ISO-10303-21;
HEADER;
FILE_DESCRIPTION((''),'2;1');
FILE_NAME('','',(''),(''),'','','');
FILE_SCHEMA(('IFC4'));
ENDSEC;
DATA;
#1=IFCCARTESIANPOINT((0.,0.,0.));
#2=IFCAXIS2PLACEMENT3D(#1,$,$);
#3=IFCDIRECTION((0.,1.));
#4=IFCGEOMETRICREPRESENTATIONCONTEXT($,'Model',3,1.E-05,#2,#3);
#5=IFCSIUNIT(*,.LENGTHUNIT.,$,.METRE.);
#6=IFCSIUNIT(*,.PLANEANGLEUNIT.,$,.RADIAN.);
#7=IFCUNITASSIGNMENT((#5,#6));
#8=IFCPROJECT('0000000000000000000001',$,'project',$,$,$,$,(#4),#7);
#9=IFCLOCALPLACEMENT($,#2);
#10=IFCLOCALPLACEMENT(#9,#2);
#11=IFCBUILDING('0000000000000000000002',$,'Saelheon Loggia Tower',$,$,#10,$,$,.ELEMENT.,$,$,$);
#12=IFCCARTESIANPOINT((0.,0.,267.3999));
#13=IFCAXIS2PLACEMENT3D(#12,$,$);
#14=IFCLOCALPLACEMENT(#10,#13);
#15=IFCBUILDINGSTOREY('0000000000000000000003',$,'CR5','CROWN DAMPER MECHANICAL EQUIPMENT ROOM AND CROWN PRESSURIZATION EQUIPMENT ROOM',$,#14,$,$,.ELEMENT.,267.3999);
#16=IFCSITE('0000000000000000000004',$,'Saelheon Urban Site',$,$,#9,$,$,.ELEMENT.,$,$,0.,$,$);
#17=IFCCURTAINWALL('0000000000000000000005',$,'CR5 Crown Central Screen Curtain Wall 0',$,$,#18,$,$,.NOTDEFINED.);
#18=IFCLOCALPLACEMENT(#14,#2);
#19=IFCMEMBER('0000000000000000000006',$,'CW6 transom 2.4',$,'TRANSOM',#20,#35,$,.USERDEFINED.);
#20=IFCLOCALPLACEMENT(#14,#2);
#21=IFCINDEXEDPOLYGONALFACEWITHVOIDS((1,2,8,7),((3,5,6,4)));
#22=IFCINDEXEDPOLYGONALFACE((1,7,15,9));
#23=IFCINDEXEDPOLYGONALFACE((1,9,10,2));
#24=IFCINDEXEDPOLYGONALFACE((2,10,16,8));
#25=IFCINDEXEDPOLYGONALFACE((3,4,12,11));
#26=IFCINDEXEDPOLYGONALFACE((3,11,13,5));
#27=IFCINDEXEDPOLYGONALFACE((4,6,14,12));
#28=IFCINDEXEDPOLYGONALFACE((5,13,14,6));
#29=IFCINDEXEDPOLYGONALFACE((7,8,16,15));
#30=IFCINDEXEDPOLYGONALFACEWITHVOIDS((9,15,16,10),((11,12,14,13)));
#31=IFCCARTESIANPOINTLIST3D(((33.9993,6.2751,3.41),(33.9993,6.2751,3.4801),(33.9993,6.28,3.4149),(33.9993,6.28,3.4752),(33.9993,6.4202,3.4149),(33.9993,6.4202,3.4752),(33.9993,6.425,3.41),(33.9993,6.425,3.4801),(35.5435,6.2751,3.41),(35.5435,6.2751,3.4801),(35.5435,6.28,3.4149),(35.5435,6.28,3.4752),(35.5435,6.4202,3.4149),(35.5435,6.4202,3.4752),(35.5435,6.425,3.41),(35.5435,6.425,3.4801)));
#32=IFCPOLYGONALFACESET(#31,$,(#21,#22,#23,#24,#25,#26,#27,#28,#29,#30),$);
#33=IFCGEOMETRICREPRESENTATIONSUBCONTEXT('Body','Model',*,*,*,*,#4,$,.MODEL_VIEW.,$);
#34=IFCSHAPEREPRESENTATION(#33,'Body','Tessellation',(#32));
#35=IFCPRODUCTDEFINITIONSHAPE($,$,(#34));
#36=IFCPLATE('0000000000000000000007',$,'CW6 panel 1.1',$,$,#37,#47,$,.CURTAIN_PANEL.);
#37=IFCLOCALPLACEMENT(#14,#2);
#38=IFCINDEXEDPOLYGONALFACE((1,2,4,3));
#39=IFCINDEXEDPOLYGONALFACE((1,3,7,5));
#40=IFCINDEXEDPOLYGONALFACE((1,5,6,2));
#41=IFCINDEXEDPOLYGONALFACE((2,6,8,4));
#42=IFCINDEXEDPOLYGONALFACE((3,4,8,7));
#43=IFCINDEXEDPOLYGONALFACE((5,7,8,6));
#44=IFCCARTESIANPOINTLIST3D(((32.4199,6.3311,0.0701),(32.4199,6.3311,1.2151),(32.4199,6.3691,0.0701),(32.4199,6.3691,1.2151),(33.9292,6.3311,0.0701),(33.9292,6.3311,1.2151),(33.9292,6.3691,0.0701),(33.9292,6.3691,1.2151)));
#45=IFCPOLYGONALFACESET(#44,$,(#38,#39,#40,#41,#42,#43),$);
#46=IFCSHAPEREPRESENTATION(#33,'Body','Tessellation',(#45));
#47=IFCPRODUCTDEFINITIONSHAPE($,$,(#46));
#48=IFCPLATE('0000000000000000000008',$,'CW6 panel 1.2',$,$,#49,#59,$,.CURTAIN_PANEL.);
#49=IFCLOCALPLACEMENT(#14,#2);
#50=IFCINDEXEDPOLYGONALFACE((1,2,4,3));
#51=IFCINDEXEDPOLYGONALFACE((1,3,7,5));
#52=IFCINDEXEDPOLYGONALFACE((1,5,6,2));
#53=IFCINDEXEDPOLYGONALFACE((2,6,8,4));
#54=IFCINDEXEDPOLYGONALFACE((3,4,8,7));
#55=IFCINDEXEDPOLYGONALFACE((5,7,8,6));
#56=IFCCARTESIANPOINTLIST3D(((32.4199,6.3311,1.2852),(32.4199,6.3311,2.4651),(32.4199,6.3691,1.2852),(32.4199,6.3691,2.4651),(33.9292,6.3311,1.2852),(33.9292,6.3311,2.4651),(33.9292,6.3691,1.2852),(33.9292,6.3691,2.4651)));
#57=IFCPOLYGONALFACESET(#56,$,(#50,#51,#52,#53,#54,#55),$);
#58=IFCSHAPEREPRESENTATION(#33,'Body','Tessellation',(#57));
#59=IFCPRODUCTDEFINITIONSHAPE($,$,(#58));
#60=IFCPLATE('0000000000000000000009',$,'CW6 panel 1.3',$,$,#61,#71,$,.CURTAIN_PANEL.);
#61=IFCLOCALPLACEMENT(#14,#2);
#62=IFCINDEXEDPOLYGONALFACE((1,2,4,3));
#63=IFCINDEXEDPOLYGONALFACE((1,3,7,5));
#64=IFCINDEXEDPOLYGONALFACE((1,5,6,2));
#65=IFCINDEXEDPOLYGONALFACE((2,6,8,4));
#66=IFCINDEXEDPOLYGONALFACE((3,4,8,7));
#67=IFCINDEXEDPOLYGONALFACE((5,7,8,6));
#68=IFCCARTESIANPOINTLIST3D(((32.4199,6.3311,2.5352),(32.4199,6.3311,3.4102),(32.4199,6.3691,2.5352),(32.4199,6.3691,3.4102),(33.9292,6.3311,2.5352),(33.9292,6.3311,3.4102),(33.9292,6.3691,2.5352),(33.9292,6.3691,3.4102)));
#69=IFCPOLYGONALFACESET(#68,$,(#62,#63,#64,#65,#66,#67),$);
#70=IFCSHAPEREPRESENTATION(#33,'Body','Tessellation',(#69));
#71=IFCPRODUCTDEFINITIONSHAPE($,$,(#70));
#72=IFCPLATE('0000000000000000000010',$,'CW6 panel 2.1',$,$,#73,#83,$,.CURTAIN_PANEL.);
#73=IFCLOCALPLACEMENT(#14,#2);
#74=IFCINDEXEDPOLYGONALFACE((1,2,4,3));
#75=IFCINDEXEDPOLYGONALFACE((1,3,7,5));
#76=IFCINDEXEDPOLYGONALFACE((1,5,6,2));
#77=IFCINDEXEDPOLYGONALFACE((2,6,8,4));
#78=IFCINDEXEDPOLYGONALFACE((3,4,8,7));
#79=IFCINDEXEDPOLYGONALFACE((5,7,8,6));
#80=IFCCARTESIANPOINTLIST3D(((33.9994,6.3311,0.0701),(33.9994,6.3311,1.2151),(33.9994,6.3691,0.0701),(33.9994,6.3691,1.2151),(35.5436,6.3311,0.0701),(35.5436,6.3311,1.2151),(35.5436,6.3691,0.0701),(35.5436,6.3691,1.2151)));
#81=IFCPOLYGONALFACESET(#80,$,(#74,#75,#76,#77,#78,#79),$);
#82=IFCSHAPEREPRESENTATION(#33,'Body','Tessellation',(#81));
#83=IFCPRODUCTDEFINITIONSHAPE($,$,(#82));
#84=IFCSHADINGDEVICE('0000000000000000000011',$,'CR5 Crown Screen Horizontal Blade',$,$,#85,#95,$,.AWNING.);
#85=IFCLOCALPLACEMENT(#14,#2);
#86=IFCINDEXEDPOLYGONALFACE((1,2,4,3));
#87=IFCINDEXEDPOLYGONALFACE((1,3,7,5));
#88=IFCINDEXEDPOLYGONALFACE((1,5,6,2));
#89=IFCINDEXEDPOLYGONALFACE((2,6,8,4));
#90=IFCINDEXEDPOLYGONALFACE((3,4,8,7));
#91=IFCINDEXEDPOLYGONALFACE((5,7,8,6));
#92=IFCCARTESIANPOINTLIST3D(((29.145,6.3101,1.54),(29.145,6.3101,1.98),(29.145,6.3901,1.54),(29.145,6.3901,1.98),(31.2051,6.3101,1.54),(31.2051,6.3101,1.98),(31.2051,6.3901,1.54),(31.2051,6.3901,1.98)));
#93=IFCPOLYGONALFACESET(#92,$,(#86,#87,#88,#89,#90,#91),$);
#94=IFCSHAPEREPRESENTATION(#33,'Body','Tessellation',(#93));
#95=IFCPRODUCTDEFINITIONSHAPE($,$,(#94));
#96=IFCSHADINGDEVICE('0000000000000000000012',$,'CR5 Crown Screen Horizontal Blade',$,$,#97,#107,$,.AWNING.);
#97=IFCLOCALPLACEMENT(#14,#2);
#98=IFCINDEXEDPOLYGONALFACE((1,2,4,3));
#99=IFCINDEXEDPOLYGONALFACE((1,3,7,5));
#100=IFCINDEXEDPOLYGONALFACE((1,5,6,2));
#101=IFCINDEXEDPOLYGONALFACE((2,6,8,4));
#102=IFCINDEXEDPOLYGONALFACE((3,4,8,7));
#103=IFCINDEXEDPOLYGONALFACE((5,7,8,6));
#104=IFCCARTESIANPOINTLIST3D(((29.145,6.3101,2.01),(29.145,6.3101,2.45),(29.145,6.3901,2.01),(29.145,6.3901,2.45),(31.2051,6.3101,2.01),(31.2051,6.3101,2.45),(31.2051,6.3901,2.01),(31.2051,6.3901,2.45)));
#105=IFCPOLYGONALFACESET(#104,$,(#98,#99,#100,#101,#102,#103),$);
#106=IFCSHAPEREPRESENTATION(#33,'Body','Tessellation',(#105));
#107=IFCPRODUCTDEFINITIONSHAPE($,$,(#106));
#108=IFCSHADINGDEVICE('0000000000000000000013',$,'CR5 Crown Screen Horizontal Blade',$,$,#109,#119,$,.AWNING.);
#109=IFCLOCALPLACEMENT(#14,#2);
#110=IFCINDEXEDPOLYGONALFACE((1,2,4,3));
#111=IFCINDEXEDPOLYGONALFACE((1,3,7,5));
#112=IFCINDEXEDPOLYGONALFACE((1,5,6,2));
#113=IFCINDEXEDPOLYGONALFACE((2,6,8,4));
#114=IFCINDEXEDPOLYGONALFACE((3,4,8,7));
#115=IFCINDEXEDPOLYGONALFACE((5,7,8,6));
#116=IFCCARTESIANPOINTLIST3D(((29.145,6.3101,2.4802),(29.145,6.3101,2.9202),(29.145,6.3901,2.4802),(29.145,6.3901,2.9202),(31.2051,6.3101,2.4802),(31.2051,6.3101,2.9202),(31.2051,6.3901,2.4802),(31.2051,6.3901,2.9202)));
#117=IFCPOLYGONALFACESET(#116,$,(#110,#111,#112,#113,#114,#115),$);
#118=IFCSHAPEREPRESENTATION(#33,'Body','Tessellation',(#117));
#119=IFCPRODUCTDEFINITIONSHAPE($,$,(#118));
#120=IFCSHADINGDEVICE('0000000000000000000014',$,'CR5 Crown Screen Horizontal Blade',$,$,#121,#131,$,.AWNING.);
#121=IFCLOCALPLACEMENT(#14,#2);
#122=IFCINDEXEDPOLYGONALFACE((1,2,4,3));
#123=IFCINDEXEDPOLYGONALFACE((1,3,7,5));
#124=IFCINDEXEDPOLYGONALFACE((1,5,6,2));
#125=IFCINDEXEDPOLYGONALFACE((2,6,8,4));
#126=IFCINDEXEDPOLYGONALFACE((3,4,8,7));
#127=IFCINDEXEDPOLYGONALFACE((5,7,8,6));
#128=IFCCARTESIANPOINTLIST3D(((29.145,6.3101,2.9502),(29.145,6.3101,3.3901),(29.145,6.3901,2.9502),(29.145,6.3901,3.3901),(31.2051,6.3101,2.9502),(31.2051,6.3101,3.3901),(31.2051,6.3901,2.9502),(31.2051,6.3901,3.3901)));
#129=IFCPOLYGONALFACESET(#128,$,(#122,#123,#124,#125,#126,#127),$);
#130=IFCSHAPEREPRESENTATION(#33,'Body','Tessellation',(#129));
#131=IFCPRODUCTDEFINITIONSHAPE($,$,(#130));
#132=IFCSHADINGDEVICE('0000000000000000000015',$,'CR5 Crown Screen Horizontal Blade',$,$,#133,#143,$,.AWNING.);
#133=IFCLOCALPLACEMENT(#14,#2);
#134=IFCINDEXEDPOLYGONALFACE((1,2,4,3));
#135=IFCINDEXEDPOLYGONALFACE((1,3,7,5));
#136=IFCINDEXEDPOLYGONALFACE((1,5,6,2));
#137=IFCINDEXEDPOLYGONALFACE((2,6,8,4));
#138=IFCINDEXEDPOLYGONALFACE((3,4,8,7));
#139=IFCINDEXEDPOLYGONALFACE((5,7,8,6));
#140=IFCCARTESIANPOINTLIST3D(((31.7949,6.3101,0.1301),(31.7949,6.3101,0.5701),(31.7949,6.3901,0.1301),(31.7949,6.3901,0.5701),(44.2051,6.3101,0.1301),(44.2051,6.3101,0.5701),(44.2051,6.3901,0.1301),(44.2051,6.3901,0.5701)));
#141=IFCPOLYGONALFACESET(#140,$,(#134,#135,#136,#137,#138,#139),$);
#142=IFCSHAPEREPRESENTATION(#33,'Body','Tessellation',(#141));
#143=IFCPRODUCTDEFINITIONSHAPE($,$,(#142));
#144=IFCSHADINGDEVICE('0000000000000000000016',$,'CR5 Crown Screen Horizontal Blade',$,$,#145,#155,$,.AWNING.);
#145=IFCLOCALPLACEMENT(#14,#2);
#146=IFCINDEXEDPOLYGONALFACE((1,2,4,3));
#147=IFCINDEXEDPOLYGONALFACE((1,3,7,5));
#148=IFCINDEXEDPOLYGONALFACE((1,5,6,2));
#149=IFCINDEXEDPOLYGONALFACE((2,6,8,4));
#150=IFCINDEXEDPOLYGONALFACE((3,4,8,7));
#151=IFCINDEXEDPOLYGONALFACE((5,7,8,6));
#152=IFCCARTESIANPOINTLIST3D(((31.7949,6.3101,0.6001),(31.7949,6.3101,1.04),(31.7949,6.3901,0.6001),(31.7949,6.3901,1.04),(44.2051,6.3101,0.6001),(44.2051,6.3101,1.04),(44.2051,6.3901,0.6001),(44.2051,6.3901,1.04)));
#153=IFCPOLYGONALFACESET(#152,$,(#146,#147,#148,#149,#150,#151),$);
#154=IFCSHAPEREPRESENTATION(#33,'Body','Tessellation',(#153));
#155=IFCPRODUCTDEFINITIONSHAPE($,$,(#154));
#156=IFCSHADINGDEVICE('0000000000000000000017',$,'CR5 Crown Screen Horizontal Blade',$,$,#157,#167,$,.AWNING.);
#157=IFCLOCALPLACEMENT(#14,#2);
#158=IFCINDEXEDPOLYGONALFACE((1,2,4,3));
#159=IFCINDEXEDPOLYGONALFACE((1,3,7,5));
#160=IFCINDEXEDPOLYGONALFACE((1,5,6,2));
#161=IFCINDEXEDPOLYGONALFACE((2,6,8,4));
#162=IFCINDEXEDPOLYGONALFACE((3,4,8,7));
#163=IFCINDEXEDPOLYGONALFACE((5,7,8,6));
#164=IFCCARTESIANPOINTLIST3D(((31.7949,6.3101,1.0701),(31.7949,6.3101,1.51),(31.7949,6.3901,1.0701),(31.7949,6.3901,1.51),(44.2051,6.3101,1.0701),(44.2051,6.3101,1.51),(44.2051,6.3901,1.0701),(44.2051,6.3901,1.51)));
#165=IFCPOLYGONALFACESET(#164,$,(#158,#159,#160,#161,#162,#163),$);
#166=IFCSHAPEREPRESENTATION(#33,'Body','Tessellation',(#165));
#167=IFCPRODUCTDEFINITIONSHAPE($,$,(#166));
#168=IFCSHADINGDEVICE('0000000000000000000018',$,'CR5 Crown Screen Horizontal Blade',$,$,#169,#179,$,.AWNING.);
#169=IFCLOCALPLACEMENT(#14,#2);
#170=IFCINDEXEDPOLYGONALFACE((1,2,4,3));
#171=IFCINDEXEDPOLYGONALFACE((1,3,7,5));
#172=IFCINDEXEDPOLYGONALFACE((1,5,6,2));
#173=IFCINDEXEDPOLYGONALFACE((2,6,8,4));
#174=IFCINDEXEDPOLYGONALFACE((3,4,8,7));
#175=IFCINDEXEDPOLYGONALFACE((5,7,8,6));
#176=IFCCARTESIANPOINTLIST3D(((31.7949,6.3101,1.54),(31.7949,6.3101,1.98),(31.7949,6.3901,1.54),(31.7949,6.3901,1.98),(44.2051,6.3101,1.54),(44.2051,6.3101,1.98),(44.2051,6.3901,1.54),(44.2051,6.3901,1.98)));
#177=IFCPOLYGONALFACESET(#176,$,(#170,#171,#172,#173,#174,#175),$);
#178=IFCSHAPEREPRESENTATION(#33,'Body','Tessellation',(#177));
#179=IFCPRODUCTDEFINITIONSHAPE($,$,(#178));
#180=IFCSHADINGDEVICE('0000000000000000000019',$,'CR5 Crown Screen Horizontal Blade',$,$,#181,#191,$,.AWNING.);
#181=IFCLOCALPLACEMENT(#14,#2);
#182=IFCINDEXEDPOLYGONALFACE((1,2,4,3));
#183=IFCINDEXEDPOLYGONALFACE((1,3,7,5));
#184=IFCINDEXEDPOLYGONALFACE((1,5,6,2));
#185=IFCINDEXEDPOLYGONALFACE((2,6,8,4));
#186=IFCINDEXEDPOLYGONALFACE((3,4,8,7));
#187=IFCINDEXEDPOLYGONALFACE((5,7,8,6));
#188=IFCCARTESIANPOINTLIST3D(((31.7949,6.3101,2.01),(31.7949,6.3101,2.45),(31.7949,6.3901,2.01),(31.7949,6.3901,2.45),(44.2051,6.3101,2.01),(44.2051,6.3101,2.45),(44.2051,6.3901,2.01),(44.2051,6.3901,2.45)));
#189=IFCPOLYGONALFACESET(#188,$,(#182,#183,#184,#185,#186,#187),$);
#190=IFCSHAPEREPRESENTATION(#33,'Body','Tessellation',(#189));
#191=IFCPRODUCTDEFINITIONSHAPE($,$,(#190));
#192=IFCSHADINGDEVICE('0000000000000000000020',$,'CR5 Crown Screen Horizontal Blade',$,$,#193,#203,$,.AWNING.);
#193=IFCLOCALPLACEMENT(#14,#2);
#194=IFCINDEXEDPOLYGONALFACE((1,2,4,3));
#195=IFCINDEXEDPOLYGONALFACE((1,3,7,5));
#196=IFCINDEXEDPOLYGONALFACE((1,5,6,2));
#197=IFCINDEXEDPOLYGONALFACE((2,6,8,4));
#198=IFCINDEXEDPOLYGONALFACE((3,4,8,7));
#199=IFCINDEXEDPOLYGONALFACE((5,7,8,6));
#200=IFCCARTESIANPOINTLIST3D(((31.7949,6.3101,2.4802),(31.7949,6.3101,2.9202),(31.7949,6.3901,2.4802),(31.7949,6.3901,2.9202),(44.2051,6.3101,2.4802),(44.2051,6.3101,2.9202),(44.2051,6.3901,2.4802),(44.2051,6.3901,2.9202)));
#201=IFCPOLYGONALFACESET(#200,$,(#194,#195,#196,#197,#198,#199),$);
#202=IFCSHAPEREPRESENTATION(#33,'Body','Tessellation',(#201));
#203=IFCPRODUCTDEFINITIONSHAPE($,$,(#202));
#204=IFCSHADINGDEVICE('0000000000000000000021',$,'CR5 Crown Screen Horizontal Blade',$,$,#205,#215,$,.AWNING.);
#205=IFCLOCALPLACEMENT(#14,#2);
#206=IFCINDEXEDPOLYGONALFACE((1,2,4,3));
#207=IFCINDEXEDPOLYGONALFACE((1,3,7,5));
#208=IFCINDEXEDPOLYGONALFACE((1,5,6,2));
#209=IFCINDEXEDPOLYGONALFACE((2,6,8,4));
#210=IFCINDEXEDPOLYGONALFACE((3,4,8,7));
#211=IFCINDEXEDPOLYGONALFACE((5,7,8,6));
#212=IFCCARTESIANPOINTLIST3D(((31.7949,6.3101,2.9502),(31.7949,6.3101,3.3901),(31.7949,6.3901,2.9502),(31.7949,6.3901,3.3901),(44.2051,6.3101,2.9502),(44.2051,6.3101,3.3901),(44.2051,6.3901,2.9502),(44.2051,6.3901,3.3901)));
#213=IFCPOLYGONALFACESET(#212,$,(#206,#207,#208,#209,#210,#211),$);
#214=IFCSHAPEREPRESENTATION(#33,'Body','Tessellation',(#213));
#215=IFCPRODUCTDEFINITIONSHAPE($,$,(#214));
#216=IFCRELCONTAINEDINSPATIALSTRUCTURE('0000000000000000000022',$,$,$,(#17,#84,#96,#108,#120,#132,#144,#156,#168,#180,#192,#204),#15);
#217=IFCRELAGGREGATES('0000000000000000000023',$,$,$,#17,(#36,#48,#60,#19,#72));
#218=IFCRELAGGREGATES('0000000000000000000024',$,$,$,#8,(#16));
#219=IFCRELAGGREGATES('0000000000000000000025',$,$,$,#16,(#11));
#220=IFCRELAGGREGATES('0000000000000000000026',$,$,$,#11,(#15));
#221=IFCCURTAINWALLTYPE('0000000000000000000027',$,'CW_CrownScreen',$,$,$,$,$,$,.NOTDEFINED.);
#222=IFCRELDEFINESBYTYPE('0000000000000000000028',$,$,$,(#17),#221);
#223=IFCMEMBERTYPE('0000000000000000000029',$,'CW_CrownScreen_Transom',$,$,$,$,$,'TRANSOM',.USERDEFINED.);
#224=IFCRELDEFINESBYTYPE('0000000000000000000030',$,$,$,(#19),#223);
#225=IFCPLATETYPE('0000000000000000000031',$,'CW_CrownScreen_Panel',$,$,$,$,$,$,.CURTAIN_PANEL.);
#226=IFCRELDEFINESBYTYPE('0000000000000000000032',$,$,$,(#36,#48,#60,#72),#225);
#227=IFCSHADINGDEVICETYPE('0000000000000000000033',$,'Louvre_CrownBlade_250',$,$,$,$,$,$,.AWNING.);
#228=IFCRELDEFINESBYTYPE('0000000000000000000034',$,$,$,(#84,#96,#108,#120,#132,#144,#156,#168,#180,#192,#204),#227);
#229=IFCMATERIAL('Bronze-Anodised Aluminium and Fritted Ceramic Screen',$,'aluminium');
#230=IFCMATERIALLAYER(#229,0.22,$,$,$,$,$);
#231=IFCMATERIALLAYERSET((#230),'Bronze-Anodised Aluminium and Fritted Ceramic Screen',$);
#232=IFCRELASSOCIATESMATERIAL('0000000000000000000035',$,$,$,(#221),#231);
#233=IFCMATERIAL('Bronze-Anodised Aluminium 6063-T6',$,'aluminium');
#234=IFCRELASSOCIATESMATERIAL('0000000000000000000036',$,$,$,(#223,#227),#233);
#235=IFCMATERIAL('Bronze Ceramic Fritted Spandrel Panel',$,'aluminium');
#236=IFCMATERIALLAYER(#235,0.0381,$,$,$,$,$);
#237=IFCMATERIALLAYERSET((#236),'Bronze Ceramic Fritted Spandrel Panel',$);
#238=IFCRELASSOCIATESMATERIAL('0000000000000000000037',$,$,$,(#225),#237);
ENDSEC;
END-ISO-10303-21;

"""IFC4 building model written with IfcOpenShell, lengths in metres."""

from ifc_helpers import new_model, si_unit, direction, frame, origin, origin_2d, place, context, subcontext, project, spatial, rectangle, hollow_rectangle, extrude, source, transform, mapped, material, layer, layer_set, material_profile, profile_set, type_object, element, aggregate, save


model = new_model("IFC4")

# Units and contexts
model_context = context("Model", 3, precision=1e-05, world=origin(), true_north=direction((0.0, 1.0)))
body_context = subcontext(model_context, "Body", "Model", "MODEL_VIEW")
ifc_project = project(units=[si_unit("LENGTHUNIT", "METRE"), si_unit("PLANEANGLEUNIT", "RADIAN")], contexts=[model_context])

# Site, building, storey
site_placement = place(None, origin())
site = spatial("IfcSite", under=ifc_project, at=site_placement, Name="Saelheon Urban Site", CompositionType="ELEMENT", RefElevation=0.0)
building_placement = place(site_placement, origin())
building = spatial("IfcBuilding", under=site, at=building_placement, Name="Saelheon Loggia Tower", CompositionType="ELEMENT")
storey_placement = place(building_placement, frame((0.0, 0.0, 267.3999)))
storey = spatial("IfcBuildingStorey", under=building, at=storey_placement, Name="CR5", Description="CROWN DAMPER MECHANICAL EQUIPMENT ROOM AND CROWN PRESSURIZATION EQUIPMENT ROOM", CompositionType="ELEMENT", Elevation=267.3999)

# Curtain wall, member, plates
ifc_material_1 = material(Name="Bronze-Anodised Aluminium and Fritted Ceramic Screen", Category="aluminium")
ifc_layer_1 = layer(ifc_material_1, 0.22)
ifc_layer_set_1 = layer_set([ifc_layer_1], Name="Bronze-Anodised Aluminium and Fritted Ceramic Screen")
curtain_wall_type = type_object("IfcCurtainWallType", Name="CW_CrownScreen", PredefinedType="NOTDEFINED", material=ifc_layer_set_1)
curtain_wall_placement = place(storey_placement, origin())
curtain_wall = element("IfcCurtainWall", 1, at=curtain_wall_placement, inside=storey, type_object=curtain_wall_type, Name="CR5 Crown Central Screen Curtain Wall 0", PredefinedType="NOTDEFINED")
ifc_material_2 = material(Name="Bronze-Anodised Aluminium 6063-T6", Category="aluminium")
ifc_material_profile_1 = material_profile(ifc_material_2, hollow_rectangle(XDim=0.0701, YDim=0.1499, WallThickness=0.0049, at=origin_2d()), Name="RHS-150x70x5")
ifc_profile_set_1 = profile_set([ifc_material_profile_1], Name="Bronze-Anodised Aluminium 6063-T6")
member_type_1 = type_object("IfcMemberType", Name="CW_CrownScreen_Transom", ElementType="TRANSOM", PredefinedType="USERDEFINED", material=ifc_profile_set_1)
shared_shape_1 = source(origin(), body_context, "Body", "SweptSolid", [
    extrude(hollow_rectangle(XDim=0.0701, YDim=0.1499, WallThickness=0.0049, at=origin_2d()), origin(), (0.0, 0.0, 1.0), 1.5442),
])
member_1_placement = place(storey_placement, frame((33.9993, 6.3501, 3.4451), z_axis=(1.0, 0.0, 0.0), x_axis=(0.0, 0.0, 1.0)))
member_1 = element("IfcMember", 2, at=member_1_placement, type_object=member_type_1, Name="CW6 transom 2.4", ObjectType="TRANSOM", PredefinedType="USERDEFINED", context=body_context, shape_type="MappedRepresentation", body=[
    mapped(shared_shape_1, transform((0.0, 0.0, 0.0), scale=1.0)),
])
ifc_material_3 = material(Name="Bronze Ceramic Fritted Spandrel Panel", Category="aluminium")
ifc_layer_2 = layer(ifc_material_3, 0.0381)
ifc_layer_set_2 = layer_set([ifc_layer_2], Name="Bronze Ceramic Fritted Spandrel Panel")
plate_type = type_object("IfcPlateType", Name="CW_CrownScreen_Panel", PredefinedType="CURTAIN_PANEL", material=ifc_layer_set_2)
shared_shape_2 = source(origin(), body_context, "Body", "SweptSolid", [
    extrude(rectangle(XDim=1.5093, YDim=0.0381, at=origin_2d()), origin(), (0.0, 0.0, 1.0), 1.145),
])
plate_1_placement = place(storey_placement, frame((33.1746, 6.3501, 0.0701), z_axis=(0.0, 0.0, 1.0), x_axis=(1.0, 0.0, 0.0)))
plate_1 = element("IfcPlate", 3, at=plate_1_placement, type_object=plate_type, Name="CW6 panel 1.1", PredefinedType="CURTAIN_PANEL", context=body_context, shape_type="MappedRepresentation", body=[
    mapped(shared_shape_2, transform((0.0, 0.0, 0.0), scale=1.0)),
])
shared_shape_3 = source(origin(), body_context, "Body", "SweptSolid", [
    extrude(rectangle(XDim=1.5093, YDim=0.0381, at=origin_2d()), origin(), (0.0, 0.0, 1.0), 1.1799),
])
plate_2_placement = place(storey_placement, frame((33.1746, 6.3501, 1.2852), z_axis=(0.0, 0.0, 1.0), x_axis=(1.0, 0.0, 0.0)))
plate_2 = element("IfcPlate", 4, at=plate_2_placement, type_object=plate_type, Name="CW6 panel 1.2", PredefinedType="CURTAIN_PANEL", context=body_context, shape_type="MappedRepresentation", body=[
    mapped(shared_shape_3, transform((0.0, 0.0, 0.0), scale=1.0)),
])
shared_shape_4 = source(origin(), body_context, "Body", "SweptSolid", [
    extrude(rectangle(XDim=1.5093, YDim=0.0381, at=origin_2d()), origin(), (0.0, 0.0, 1.0), 0.875),
])
plate_3_placement = place(storey_placement, frame((33.1746, 6.3501, 2.5352), z_axis=(0.0, 0.0, 1.0), x_axis=(1.0, 0.0, 0.0)))
plate_3 = element("IfcPlate", 5, at=plate_3_placement, type_object=plate_type, Name="CW6 panel 1.3", PredefinedType="CURTAIN_PANEL", context=body_context, shape_type="MappedRepresentation", body=[
    mapped(shared_shape_4, transform((0.0, 0.0, 0.0), scale=1.0)),
])
shared_shape_5 = source(origin(), body_context, "Body", "SweptSolid", [
    extrude(rectangle(XDim=1.5442, YDim=0.0381, at=origin_2d()), origin(), (0.0, 0.0, 1.0), 1.145),
])
plate_4_placement = place(storey_placement, frame((34.7715, 6.3501, 0.0701), z_axis=(0.0, 0.0, 1.0), x_axis=(1.0, 0.0, 0.0)))
plate_4 = element("IfcPlate", 6, at=plate_4_placement, type_object=plate_type, Name="CW6 panel 2.1", PredefinedType="CURTAIN_PANEL", context=body_context, shape_type="MappedRepresentation", body=[
    mapped(shared_shape_5, transform((0.0, 0.0, 0.0), scale=1.0)),
])
aggregate(curtain_wall, [plate_1, plate_2, plate_3, member_1, plate_4])

# Shading devices
ifc_material_profile_2 = material_profile(ifc_material_2, rectangle(XDim=0.0801, YDim=0.4399, at=origin_2d()), Name="Louvre_CrownBlade_250")
ifc_profile_set_2 = profile_set([ifc_material_profile_2], Name="Bronze-Anodised Aluminium 6063-T6")
shading_device_type = type_object("IfcShadingDeviceType", Name="Louvre_CrownBlade_250", PredefinedType="AWNING", material=ifc_profile_set_2)
shared_shape_6 = source(origin(), body_context, "Body", "SweptSolid", [
    extrude(rectangle(XDim=0.0801, YDim=0.4399, at=origin_2d()), origin(), (0.0, 0.0, 1.0), 2.0601),
])
for number, where, z_axis, x_axis, name in (
    (7, (29.145, 6.3501, 1.76), (1.0, 0.0, 0.0), (0.0, 1.0, 0.0), "CR5 Crown Screen Horizontal Blade"),
    (8, (29.145, 6.3501, 2.23), (1.0, 0.0, 0.0), (0.0, 1.0, 0.0), "CR5 Crown Screen Horizontal Blade"),
    (9, (29.145, 6.3501, 2.7002), (1.0, 0.0, 0.0), (0.0, 1.0, 0.0), "CR5 Crown Screen Horizontal Blade"),
    (10, (29.145, 6.3501, 3.1702), (1.0, 0.0, 0.0), (0.0, 1.0, 0.0), "CR5 Crown Screen Horizontal Blade"),
):
    element("IfcShadingDevice", number, at=place(storey_placement, frame(where, z_axis=z_axis, x_axis=x_axis)), inside=storey, type_object=shading_device_type, Name=name, PredefinedType="AWNING", context=body_context, shape_type="MappedRepresentation", body=[
        mapped(shared_shape_6, transform((0.0, 0.0, 0.0), scale=1.0)),
    ])
shared_shape_7 = source(origin(), body_context, "Body", "SweptSolid", [
    extrude(rectangle(XDim=0.0801, YDim=0.4399, at=origin_2d()), origin(), (0.0, 0.0, 1.0), 12.4102),
])
for number, where, z_axis, x_axis, name in (
    (11, (31.7949, 6.3501, 0.3501), (1.0, 0.0, 0.0), (0.0, 1.0, 0.0), "CR5 Crown Screen Horizontal Blade"),
    (12, (31.7949, 6.3501, 0.8201), (1.0, 0.0, 0.0), (0.0, 1.0, 0.0), "CR5 Crown Screen Horizontal Blade"),
    (13, (31.7949, 6.3501, 1.29), (1.0, 0.0, 0.0), (0.0, 1.0, 0.0), "CR5 Crown Screen Horizontal Blade"),
    (14, (31.7949, 6.3501, 1.76), (1.0, 0.0, 0.0), (0.0, 1.0, 0.0), "CR5 Crown Screen Horizontal Blade"),
    (15, (31.7949, 6.3501, 2.23), (1.0, 0.0, 0.0), (0.0, 1.0, 0.0), "CR5 Crown Screen Horizontal Blade"),
    (16, (31.7949, 6.3501, 2.7002), (1.0, 0.0, 0.0), (0.0, 1.0, 0.0), "CR5 Crown Screen Horizontal Blade"),
    (17, (31.7949, 6.3501, 3.1702), (1.0, 0.0, 0.0), (0.0, 1.0, 0.0), "CR5 Crown Screen Horizontal Blade"),
):
    element("IfcShadingDevice", number, at=place(storey_placement, frame(where, z_axis=z_axis, x_axis=x_axis)), inside=storey, type_object=shading_device_type, Name=name, PredefinedType="AWNING", context=body_context, shape_type="MappedRepresentation", body=[
        mapped(shared_shape_7, transform((0.0, 0.0, 0.0), scale=1.0)),
    ])

save(model, "model.ifc")
